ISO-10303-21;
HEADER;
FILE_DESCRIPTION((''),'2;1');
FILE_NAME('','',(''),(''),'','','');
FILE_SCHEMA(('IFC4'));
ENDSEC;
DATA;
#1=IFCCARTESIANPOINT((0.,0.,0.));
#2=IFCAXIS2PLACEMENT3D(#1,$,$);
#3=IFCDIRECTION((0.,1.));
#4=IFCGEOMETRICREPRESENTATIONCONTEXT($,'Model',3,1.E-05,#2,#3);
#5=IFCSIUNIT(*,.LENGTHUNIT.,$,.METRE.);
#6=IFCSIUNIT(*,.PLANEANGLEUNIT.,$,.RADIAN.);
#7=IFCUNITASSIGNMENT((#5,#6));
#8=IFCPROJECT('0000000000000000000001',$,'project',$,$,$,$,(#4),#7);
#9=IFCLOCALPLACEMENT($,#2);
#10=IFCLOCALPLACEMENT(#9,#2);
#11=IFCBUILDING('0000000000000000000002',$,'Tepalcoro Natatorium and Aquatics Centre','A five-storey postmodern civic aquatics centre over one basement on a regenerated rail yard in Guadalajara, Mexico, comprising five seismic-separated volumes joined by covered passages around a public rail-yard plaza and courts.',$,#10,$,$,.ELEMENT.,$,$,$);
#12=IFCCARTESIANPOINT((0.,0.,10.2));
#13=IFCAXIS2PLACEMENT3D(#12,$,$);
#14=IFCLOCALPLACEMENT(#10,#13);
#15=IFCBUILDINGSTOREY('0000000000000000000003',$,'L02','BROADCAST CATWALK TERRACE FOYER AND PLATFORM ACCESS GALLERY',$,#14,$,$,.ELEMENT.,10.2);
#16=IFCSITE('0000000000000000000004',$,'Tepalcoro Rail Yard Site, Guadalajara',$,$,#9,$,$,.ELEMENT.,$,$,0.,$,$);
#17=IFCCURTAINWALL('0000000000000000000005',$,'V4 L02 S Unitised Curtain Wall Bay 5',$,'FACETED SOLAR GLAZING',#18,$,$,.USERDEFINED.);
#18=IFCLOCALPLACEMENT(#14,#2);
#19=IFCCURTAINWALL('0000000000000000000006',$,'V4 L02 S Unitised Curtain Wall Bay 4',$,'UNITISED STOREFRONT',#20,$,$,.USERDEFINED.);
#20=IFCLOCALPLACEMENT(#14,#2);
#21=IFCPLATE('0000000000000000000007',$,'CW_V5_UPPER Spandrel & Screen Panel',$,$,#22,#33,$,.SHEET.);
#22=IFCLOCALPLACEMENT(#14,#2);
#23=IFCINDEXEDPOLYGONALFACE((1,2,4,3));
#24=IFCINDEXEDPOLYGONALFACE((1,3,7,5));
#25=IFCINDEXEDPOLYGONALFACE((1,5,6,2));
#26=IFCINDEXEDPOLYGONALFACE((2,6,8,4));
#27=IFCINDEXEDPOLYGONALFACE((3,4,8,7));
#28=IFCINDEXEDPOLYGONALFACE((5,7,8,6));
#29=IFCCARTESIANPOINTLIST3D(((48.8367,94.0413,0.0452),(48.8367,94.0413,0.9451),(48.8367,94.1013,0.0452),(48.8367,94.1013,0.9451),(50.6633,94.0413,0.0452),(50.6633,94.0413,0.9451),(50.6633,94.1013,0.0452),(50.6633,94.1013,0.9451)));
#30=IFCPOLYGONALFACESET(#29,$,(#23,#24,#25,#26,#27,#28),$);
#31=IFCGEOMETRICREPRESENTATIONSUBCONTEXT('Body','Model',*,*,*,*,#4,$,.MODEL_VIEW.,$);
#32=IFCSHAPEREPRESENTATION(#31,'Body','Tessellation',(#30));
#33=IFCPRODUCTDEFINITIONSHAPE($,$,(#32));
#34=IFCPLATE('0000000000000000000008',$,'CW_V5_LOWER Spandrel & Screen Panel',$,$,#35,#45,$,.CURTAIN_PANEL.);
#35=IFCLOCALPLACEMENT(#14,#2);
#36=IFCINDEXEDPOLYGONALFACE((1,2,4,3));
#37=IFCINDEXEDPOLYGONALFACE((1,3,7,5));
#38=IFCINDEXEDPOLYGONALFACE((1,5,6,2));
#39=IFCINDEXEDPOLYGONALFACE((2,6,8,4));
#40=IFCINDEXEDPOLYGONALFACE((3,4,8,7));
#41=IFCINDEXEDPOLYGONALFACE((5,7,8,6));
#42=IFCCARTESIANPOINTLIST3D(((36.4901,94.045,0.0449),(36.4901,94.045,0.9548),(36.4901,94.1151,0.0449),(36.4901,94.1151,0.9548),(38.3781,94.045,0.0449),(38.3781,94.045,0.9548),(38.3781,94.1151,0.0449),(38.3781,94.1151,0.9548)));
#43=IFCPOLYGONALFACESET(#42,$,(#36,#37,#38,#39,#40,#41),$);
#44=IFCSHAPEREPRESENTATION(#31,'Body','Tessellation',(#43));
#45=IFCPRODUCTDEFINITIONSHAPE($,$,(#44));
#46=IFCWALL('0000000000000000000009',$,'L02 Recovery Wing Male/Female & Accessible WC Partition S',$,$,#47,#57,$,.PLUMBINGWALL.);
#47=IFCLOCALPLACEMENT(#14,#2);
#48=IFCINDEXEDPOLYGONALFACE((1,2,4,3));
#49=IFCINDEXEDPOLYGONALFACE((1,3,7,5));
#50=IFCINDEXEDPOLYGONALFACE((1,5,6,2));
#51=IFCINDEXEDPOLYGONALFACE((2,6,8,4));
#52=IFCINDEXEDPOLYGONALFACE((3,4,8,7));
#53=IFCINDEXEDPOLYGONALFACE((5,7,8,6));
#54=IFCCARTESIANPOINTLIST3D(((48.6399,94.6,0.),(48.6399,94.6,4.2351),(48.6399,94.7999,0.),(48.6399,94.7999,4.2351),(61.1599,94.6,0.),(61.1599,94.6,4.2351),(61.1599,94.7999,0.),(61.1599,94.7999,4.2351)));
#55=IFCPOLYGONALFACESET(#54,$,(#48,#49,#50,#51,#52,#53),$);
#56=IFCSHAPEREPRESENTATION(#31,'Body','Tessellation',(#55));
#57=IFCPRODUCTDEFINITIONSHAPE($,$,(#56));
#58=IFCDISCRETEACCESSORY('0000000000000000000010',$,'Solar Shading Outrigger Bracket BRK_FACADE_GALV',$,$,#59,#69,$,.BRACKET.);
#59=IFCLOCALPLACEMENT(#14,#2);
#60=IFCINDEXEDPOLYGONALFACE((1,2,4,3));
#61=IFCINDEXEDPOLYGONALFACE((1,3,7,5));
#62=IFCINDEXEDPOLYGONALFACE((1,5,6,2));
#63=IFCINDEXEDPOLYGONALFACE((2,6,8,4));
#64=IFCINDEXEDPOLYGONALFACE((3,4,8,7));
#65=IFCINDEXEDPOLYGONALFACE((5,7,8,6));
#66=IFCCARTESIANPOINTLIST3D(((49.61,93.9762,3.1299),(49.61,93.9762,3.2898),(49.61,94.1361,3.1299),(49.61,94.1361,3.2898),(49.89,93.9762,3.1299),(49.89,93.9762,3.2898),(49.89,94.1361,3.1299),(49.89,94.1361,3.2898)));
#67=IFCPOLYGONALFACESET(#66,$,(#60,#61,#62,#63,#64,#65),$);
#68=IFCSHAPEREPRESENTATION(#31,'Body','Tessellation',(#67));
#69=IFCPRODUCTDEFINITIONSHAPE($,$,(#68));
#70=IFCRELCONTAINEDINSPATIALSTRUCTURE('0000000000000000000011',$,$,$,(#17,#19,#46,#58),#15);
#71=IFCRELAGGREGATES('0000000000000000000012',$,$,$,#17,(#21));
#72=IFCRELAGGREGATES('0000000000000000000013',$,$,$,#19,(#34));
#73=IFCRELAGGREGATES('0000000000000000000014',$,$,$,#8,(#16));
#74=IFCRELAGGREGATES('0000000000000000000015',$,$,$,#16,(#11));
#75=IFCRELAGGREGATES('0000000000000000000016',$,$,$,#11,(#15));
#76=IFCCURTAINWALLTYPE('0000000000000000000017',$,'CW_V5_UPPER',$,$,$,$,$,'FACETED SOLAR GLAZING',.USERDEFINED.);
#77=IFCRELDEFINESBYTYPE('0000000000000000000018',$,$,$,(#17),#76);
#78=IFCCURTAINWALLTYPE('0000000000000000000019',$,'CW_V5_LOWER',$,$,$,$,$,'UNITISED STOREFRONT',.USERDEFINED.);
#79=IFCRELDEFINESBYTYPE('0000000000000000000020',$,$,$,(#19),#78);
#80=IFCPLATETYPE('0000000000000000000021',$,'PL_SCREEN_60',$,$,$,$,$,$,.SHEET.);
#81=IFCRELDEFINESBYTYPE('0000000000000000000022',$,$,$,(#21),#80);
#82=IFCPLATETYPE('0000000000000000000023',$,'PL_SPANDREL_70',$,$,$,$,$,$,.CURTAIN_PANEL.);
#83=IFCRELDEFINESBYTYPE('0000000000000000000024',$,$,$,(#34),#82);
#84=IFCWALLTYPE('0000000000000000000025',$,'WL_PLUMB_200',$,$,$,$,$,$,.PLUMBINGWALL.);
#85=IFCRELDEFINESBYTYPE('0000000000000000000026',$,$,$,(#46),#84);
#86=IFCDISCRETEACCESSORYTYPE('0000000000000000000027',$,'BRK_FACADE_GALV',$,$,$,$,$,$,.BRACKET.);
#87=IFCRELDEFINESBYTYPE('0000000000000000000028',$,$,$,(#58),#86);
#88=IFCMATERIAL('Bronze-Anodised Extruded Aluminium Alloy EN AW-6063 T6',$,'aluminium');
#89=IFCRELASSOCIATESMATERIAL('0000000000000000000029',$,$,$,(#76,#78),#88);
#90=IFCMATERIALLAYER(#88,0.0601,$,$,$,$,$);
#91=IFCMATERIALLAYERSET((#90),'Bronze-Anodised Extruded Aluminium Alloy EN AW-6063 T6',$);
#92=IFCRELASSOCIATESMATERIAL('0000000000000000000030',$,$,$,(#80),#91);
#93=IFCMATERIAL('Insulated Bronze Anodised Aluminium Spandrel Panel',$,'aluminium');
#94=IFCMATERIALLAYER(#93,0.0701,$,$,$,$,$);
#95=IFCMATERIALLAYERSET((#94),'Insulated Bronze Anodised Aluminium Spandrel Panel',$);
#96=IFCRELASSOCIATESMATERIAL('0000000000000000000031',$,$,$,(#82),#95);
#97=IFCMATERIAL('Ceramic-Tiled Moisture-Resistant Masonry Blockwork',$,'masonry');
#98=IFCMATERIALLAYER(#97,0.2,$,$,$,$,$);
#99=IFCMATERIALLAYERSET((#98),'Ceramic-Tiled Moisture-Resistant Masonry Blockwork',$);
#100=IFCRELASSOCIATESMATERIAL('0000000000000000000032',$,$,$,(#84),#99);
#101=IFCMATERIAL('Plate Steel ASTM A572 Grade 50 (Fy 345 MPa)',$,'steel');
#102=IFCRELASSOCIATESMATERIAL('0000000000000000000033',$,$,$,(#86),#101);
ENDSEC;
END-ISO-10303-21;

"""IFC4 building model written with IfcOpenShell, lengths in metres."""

from ifc_helpers import new_model, si_unit, direction, frame, frame_2d, origin, origin_2d, place, context, subcontext, project, spatial, rectangle, extrude, material, layer, layer_set, type_object, element, aggregate, save


model = new_model("IFC4")

# Units and contexts
model_context = context("Model", 3, precision=1e-05, world=origin(), true_north=direction((0.0, 1.0)))
body_context = subcontext(model_context, "Body", "Model", "MODEL_VIEW")
ifc_project = project(units=[si_unit("LENGTHUNIT", "METRE"), si_unit("PLANEANGLEUNIT", "RADIAN")], contexts=[model_context])

# Site, building, storey
site_placement = place(None, origin())
site = spatial("IfcSite", under=ifc_project, at=site_placement, Name="Tepalcoro Rail Yard Site, Guadalajara", CompositionType="ELEMENT", RefElevation=0.0)
building_placement = place(site_placement, origin())
building = spatial("IfcBuilding", under=site, at=building_placement, Name="Tepalcoro Natatorium and Aquatics Centre", Description="A five-storey postmodern civic aquatics centre over one basement on a regenerated rail yard in Guadalajara, Mexico, comprising five seismic-separated volumes joined by covered passages around a public rail-yard plaza and courts.", CompositionType="ELEMENT")
storey_placement = place(building_placement, frame((0.0, 0.0, 10.2)))
storey = spatial("IfcBuildingStorey", under=building, at=storey_placement, Name="L02", Description="BROADCAST CATWALK TERRACE FOYER AND PLATFORM ACCESS GALLERY", CompositionType="ELEMENT", Elevation=10.2)

# Curtain walls
ifc_material_1 = material(Name="Bronze-Anodised Extruded Aluminium Alloy EN AW-6063 T6", Category="aluminium")
curtain_wall_type_1 = type_object("IfcCurtainWallType", Name="CW_V5_UPPER", ElementType="FACETED SOLAR GLAZING", PredefinedType="USERDEFINED", material=ifc_material_1)
curtain_wall_1_placement = place(storey_placement, origin())
curtain_wall_1 = element("IfcCurtainWall", 1, at=curtain_wall_1_placement, inside=storey, type_object=curtain_wall_type_1, Name="V4 L02 S Unitised Curtain Wall Bay 5", ObjectType="FACETED SOLAR GLAZING", PredefinedType="USERDEFINED")
curtain_wall_type_2 = type_object("IfcCurtainWallType", Name="CW_V5_LOWER", ElementType="UNITISED STOREFRONT", PredefinedType="USERDEFINED", material=ifc_material_1)
curtain_wall_2_placement = place(storey_placement, origin())
curtain_wall_2 = element("IfcCurtainWall", 2, at=curtain_wall_2_placement, inside=storey, type_object=curtain_wall_type_2, Name="V4 L02 S Unitised Curtain Wall Bay 4", ObjectType="UNITISED STOREFRONT", PredefinedType="USERDEFINED")

# Plates
ifc_layer_1 = layer(ifc_material_1, 0.0601)
ifc_layer_set_1 = layer_set([ifc_layer_1], Name="Bronze-Anodised Extruded Aluminium Alloy EN AW-6063 T6")
plate_type_1 = type_object("IfcPlateType", Name="PL_SCREEN_60", PredefinedType="SHEET", material=ifc_layer_set_1)
plate_1_placement = place(storey_placement, frame((49.75, 94.0713, 0.0452), z_axis=(0.0, 0.0, 1.0), x_axis=(1.0, 0.0, 0.0)))
plate_1 = element("IfcPlate", 3, at=plate_1_placement, type_object=plate_type_1, Name="CW_V5_UPPER Spandrel & Screen Panel", PredefinedType="SHEET", context=body_context, shape_type="SweptSolid", body=[
    extrude(rectangle(XDim=1.8267, YDim=0.0601, at=origin_2d()), origin(), (0.0, 0.0, 1.0), 0.8999),
])
aggregate(curtain_wall_1, [plate_1])
ifc_material_2 = material(Name="Insulated Bronze Anodised Aluminium Spandrel Panel", Category="aluminium")
ifc_layer_2 = layer(ifc_material_2, 0.0701)
ifc_layer_set_2 = layer_set([ifc_layer_2], Name="Insulated Bronze Anodised Aluminium Spandrel Panel")
plate_type_2 = type_object("IfcPlateType", Name="PL_SPANDREL_70", PredefinedType="CURTAIN_PANEL", material=ifc_layer_set_2)
plate_2_placement = place(storey_placement, frame((37.4341, 94.0801, 0.0449), z_axis=(0.0, 0.0, 1.0), x_axis=(1.0, 0.0, 0.0)))
plate_2 = element("IfcPlate", 4, at=plate_2_placement, type_object=plate_type_2, Name="CW_V5_LOWER Spandrel & Screen Panel", PredefinedType="CURTAIN_PANEL", context=body_context, shape_type="SweptSolid", body=[
    extrude(rectangle(XDim=1.8879, YDim=0.0701, at=origin_2d()), origin(), (0.0, 0.0, 1.0), 0.9099),
])
aggregate(curtain_wall_2, [plate_2])

# Wall
ifc_material_3 = material(Name="Ceramic-Tiled Moisture-Resistant Masonry Blockwork", Category="masonry")
ifc_layer_3 = layer(ifc_material_3, 0.2)
ifc_layer_set_3 = layer_set([ifc_layer_3], Name="Ceramic-Tiled Moisture-Resistant Masonry Blockwork")
wall_type = type_object("IfcWallType", Name="WL_PLUMB_200", PredefinedType="PLUMBINGWALL", material=ifc_layer_set_3)
wall_placement = place(storey_placement, frame((48.6399, 94.7, 0.0), z_axis=(0.0, 0.0, 1.0), x_axis=(1.0, 0.0, 0.0)))
element("IfcWall", 5, at=wall_placement, inside=storey, type_object=wall_type, Name="L02 Recovery Wing Male/Female & Accessible WC Partition S", PredefinedType="PLUMBINGWALL", context=body_context, shape_type="SweptSolid", body=[
    extrude(rectangle(XDim=12.52, YDim=0.2, at=frame_2d((6.26, 0.0))), origin(), (0.0, 0.0, 1.0), 4.2351),
])

# Discrete accessory
ifc_material_4 = material(Name="Plate Steel ASTM A572 Grade 50 (Fy 345 MPa)", Category="steel")
discrete_accessory_type = type_object("IfcDiscreteAccessoryType", Name="BRK_FACADE_GALV", PredefinedType="BRACKET", material=ifc_material_4)
discrete_accessory_placement = place(storey_placement, frame((49.75, 94.0562, 3.1299), z_axis=(0.0, 0.0, 1.0), x_axis=(1.0, 0.0, 0.0)))
element("IfcDiscreteAccessory", 6, at=discrete_accessory_placement, inside=storey, type_object=discrete_accessory_type, Name="Solar Shading Outrigger Bracket BRK_FACADE_GALV", PredefinedType="BRACKET", context=body_context, shape_type="SweptSolid", body=[
    extrude(rectangle(XDim=0.28, YDim=0.1599, at=origin_2d()), origin(), (0.0, 0.0, 1.0), 0.1599),
])

save(model, "model.ifc")
